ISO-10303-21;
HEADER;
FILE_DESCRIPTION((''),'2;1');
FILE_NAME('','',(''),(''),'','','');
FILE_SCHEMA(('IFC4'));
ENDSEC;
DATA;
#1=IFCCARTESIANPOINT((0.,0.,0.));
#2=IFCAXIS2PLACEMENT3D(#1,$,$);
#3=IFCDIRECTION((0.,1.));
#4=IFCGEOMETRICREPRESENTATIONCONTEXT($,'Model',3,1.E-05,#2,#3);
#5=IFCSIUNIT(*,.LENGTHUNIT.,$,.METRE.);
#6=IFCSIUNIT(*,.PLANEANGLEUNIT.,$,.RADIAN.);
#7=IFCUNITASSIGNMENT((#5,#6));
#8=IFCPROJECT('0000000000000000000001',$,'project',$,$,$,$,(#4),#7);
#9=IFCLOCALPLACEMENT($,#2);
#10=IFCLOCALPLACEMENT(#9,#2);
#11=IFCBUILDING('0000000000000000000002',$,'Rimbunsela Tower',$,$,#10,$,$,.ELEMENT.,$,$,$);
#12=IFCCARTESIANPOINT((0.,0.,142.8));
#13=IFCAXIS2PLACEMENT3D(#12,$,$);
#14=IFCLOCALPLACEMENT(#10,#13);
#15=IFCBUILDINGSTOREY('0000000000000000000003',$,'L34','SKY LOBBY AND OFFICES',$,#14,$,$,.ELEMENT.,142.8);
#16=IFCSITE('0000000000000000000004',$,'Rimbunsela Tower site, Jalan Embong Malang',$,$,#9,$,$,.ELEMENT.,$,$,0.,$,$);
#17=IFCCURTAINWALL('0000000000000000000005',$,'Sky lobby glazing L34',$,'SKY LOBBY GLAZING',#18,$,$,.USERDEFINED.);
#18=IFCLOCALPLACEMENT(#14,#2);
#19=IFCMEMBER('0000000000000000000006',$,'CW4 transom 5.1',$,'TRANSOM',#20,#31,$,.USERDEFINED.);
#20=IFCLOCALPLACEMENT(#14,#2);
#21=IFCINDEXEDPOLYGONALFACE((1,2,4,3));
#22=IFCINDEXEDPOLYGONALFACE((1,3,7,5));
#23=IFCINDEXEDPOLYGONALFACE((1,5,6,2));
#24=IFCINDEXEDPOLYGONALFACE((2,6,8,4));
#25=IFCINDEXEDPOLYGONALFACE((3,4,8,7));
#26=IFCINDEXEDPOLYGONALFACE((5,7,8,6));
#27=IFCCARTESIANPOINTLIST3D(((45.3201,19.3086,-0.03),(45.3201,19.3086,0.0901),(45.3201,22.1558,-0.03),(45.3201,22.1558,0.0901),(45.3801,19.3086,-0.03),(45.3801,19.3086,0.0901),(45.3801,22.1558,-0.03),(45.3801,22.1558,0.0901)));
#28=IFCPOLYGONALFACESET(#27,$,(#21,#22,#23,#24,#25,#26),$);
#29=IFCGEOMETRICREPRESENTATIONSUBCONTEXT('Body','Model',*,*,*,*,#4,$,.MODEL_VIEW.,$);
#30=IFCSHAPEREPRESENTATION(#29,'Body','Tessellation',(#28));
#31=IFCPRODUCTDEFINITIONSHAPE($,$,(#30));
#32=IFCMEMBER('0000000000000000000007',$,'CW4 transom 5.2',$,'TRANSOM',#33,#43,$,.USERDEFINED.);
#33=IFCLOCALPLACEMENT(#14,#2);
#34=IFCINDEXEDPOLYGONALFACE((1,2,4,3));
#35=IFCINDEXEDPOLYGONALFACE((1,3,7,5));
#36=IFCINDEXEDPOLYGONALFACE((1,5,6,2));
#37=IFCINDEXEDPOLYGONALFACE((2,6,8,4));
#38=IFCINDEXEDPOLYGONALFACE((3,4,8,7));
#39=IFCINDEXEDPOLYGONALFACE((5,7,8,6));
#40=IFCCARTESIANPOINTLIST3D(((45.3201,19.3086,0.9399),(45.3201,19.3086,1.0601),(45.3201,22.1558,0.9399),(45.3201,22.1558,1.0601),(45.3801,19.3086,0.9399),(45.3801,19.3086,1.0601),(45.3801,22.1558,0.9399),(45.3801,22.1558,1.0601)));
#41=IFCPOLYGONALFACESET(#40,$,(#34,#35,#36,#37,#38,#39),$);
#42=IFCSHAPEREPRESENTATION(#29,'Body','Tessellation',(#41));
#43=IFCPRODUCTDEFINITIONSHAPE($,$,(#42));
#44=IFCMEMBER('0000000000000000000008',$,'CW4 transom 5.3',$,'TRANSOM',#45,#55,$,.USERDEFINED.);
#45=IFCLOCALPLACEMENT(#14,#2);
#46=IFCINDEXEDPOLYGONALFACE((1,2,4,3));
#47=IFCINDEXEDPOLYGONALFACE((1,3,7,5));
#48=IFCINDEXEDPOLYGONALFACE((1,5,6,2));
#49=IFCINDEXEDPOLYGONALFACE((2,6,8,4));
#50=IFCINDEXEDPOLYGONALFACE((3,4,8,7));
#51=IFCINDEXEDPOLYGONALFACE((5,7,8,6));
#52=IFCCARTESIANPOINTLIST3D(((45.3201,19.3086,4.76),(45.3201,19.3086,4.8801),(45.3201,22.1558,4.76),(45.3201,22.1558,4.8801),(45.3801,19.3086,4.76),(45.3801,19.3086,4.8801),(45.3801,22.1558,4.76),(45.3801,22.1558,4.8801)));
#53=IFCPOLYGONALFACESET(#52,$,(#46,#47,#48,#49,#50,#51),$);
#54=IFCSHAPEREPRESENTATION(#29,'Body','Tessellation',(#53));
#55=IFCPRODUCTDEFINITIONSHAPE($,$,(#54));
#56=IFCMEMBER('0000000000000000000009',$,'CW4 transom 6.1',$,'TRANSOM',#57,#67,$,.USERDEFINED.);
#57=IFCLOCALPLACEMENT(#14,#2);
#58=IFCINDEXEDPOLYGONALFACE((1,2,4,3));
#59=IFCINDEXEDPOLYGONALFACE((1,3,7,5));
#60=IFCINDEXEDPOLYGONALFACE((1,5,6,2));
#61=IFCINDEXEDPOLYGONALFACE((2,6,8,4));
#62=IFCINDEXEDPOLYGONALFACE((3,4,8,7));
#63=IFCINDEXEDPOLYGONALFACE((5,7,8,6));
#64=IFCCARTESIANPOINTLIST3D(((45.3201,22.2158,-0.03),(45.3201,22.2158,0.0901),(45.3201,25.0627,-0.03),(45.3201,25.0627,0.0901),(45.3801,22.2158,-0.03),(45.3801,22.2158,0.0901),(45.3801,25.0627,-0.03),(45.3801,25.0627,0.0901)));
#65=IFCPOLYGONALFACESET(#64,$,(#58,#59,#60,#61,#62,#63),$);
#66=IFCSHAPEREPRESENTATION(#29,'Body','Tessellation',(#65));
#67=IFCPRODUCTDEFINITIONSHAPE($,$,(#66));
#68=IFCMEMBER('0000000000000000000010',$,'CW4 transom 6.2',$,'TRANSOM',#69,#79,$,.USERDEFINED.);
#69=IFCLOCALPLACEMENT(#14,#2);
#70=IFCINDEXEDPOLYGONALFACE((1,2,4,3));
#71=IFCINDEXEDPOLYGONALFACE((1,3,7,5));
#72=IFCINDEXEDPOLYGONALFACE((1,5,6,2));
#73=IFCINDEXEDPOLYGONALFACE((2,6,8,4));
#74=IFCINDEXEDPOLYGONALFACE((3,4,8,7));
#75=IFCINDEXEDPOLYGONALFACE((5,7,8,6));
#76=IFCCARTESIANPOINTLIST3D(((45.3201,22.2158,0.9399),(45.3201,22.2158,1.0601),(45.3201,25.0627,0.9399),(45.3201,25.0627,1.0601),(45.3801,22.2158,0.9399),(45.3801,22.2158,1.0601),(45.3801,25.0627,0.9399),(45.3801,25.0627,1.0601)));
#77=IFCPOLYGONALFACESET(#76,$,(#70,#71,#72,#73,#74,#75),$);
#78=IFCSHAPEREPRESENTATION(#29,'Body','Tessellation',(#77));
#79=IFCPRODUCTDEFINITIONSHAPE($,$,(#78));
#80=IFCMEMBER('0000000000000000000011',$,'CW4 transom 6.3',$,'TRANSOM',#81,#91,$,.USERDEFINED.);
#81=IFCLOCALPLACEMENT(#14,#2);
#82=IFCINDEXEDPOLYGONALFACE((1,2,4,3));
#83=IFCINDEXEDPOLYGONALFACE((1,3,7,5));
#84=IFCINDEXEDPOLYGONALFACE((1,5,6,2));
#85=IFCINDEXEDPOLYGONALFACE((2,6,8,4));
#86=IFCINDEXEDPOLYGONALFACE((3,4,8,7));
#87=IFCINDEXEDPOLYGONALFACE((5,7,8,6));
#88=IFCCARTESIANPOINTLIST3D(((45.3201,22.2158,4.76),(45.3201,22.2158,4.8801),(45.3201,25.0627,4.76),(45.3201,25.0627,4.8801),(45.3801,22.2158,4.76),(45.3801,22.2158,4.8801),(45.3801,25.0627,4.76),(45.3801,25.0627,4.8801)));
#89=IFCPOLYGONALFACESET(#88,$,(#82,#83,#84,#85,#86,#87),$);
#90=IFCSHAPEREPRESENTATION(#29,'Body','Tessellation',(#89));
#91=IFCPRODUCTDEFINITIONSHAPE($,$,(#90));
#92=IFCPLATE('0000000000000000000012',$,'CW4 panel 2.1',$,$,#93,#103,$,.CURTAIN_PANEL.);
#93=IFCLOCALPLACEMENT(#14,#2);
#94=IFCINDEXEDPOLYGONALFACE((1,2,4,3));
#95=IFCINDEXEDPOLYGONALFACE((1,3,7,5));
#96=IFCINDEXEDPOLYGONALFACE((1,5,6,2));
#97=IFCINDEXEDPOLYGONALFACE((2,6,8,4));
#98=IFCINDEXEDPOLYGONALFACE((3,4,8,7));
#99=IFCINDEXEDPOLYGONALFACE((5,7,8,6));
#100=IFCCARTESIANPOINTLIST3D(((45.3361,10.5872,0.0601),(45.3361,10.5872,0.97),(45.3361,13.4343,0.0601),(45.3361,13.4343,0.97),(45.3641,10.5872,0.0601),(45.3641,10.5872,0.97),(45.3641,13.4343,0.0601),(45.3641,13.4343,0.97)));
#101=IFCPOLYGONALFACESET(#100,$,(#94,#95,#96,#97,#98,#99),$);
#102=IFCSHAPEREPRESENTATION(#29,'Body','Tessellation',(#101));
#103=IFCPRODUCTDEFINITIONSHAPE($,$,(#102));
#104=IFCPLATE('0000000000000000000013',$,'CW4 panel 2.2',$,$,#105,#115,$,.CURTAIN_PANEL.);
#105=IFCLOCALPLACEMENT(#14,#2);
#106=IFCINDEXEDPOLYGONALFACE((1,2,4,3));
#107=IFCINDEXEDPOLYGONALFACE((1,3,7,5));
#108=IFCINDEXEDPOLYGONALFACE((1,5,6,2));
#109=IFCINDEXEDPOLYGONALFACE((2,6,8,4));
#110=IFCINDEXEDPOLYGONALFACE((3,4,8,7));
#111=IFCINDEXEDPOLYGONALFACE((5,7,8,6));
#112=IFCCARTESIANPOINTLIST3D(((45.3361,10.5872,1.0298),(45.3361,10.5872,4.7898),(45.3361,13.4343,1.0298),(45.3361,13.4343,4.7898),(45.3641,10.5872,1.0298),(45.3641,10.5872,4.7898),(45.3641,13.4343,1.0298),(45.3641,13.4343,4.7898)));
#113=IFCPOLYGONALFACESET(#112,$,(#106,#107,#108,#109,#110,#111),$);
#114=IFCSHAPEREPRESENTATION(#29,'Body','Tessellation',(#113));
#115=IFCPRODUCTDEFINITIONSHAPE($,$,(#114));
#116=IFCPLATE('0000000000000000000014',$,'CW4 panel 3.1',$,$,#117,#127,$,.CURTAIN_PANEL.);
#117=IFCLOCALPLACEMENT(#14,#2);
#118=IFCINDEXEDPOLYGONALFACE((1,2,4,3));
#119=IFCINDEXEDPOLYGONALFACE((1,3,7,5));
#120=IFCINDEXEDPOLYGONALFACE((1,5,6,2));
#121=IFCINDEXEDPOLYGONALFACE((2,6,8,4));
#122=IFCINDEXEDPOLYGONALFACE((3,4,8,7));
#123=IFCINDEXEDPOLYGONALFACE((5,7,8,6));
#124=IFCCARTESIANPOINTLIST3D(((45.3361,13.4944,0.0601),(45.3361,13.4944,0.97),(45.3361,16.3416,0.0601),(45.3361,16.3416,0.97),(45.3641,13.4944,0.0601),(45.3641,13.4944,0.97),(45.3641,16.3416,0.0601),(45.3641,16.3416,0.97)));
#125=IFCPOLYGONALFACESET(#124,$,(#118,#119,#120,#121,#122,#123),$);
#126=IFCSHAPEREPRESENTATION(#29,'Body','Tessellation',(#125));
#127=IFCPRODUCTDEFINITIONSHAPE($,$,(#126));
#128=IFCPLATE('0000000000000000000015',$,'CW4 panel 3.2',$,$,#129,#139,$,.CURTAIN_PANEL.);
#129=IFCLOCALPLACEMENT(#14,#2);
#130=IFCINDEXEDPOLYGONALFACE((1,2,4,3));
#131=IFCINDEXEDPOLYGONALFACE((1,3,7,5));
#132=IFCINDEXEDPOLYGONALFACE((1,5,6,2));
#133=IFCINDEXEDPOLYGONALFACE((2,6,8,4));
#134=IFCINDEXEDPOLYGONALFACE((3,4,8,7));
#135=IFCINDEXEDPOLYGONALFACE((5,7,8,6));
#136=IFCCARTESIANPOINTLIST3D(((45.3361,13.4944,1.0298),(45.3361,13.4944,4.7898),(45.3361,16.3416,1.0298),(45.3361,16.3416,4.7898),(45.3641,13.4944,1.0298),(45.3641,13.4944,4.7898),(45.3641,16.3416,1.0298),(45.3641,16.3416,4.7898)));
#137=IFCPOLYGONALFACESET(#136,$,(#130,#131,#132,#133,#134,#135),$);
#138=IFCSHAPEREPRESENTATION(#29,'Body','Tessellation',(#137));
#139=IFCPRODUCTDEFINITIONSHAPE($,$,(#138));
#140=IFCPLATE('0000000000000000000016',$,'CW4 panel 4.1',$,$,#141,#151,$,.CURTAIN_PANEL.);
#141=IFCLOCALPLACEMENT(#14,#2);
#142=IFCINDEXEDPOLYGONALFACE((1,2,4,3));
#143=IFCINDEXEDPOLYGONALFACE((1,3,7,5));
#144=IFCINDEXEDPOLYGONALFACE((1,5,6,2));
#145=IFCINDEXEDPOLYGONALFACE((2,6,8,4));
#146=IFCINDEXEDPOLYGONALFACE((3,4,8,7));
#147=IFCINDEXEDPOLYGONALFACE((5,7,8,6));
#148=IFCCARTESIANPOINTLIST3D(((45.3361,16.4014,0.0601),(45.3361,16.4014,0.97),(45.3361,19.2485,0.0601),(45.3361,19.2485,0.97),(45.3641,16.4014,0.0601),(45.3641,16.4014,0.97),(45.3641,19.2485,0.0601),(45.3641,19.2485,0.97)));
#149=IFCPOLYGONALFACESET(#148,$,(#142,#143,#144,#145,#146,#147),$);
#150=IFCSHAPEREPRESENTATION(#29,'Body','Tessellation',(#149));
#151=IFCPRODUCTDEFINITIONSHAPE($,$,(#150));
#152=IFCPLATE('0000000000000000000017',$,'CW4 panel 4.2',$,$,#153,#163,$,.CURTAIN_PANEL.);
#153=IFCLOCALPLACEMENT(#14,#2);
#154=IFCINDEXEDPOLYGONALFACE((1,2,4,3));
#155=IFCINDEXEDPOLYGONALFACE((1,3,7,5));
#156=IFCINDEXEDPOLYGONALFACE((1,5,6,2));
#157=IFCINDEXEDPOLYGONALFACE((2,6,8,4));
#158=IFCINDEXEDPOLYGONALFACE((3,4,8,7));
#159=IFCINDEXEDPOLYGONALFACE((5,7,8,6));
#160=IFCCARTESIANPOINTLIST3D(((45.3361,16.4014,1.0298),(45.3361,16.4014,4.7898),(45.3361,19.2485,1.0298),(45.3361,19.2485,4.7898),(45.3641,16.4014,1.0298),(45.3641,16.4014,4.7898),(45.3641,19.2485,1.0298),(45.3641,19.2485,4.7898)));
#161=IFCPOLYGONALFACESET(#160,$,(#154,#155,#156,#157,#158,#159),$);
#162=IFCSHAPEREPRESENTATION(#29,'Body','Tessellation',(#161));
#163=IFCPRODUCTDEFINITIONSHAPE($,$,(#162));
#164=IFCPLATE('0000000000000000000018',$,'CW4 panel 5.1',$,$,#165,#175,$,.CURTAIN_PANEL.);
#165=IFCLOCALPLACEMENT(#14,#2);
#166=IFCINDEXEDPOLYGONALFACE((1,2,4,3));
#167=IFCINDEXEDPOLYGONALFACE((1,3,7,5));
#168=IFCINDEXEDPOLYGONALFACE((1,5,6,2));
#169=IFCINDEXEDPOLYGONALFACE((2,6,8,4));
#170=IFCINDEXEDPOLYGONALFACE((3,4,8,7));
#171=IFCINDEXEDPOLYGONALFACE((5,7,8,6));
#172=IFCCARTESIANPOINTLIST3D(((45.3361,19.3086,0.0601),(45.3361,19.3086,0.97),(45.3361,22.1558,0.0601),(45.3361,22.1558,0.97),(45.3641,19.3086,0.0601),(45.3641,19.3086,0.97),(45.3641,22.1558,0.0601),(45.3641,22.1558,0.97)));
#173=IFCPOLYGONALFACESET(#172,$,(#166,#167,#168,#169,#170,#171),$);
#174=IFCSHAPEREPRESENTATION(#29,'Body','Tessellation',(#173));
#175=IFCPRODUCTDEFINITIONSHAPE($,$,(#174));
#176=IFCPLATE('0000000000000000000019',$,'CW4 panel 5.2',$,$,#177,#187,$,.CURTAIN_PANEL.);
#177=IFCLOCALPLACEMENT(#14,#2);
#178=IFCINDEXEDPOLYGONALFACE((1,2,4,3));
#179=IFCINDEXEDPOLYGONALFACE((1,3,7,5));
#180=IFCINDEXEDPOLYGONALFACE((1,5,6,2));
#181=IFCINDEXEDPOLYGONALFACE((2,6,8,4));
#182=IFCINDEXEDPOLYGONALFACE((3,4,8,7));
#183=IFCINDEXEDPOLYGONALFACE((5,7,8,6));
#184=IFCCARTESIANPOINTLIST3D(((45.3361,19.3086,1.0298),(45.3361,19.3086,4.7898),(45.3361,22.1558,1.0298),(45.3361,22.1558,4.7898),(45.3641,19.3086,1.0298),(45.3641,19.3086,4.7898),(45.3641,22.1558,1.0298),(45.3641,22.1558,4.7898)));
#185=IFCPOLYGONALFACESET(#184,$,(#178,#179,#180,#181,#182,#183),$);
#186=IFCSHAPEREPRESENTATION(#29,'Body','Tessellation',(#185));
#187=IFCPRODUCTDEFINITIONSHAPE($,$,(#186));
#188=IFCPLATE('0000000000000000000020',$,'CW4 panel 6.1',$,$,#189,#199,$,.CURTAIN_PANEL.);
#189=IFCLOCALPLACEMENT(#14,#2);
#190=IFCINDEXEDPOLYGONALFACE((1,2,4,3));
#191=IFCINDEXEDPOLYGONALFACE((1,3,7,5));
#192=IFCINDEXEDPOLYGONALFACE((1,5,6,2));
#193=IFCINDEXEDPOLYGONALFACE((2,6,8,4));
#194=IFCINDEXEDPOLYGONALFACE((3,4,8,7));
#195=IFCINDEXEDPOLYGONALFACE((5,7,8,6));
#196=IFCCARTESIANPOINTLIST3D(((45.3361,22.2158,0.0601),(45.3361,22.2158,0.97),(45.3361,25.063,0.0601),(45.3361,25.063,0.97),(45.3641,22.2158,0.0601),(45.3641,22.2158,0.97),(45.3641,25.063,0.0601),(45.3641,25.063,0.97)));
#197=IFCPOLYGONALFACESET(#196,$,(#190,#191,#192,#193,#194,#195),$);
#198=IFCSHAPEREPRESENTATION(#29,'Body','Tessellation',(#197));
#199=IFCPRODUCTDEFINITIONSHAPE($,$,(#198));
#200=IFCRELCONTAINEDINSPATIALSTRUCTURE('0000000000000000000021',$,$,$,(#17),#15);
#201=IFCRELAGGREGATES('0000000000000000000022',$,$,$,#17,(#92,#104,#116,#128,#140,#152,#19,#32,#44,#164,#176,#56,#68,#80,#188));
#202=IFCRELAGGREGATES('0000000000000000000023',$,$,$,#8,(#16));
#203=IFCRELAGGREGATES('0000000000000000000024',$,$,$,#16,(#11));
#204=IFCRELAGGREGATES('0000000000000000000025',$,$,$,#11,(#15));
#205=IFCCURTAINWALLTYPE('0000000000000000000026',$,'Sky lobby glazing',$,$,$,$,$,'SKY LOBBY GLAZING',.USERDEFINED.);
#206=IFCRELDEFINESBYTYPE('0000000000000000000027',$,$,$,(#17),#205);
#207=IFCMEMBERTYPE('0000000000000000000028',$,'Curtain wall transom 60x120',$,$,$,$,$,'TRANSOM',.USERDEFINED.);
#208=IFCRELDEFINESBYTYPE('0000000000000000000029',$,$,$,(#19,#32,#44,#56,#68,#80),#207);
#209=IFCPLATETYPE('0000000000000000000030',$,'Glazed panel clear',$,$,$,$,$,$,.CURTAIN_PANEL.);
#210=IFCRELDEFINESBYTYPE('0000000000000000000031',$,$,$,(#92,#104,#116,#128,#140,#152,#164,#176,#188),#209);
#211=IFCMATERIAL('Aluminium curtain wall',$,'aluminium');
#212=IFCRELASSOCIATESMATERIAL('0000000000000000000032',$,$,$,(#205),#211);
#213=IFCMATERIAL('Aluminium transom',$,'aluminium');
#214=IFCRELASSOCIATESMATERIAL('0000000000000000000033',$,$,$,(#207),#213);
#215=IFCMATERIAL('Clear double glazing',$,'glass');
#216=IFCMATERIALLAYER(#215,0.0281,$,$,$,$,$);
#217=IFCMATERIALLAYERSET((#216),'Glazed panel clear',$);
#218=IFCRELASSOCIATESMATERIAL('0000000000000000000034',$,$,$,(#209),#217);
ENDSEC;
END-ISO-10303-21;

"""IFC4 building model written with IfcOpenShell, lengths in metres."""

from ifc_helpers import new_model, si_unit, direction, frame, origin, origin_2d, place, context, subcontext, project, spatial, rectangle, extrude, material, layer, layer_set, material_profile, profile_set, type_object, element, aggregate, save


model = new_model("IFC4")

# Units and contexts
model_context = context("Model", 3, precision=1e-05, world=origin(), true_north=direction((0.0, 1.0)))
body_context = subcontext(model_context, "Body", "Model", "MODEL_VIEW")
ifc_project = project(units=[si_unit("LENGTHUNIT", "METRE"), si_unit("PLANEANGLEUNIT", "RADIAN")], contexts=[model_context])

# Site, building, storey
site_placement = place(None, origin())
site = spatial("IfcSite", under=ifc_project, at=site_placement, Name="Rimbunsela Tower site, Jalan Embong Malang", CompositionType="ELEMENT", RefElevation=0.0)
building_placement = place(site_placement, origin())
building = spatial("IfcBuilding", under=site, at=building_placement, Name="Rimbunsela Tower", CompositionType="ELEMENT")
storey_placement = place(building_placement, frame((0.0, 0.0, 142.8)))
storey = spatial("IfcBuildingStorey", under=building, at=storey_placement, Name="L34", Description="SKY LOBBY AND OFFICES", CompositionType="ELEMENT", Elevation=142.8)

# Curtain wall, members, plates
ifc_material_1 = material(Name="Aluminium curtain wall", Category="aluminium")
curtain_wall_type = type_object("IfcCurtainWallType", Name="Sky lobby glazing", ElementType="SKY LOBBY GLAZING", PredefinedType="USERDEFINED", material=ifc_material_1)
curtain_wall_placement = place(storey_placement, origin())
curtain_wall = element("IfcCurtainWall", 1, at=curtain_wall_placement, inside=storey, type_object=curtain_wall_type, Name="Sky lobby glazing L34", ObjectType="SKY LOBBY GLAZING", PredefinedType="USERDEFINED")
ifc_material_2 = material(Name="Aluminium transom", Category="aluminium")
ifc_material_profile_1 = material_profile(ifc_material_2, rectangle(XDim=0.0601, YDim=0.1201, at=origin_2d()), Name="Transom 60x120")
ifc_profile_set_1 = profile_set([ifc_material_profile_1], Name="Aluminium transom")
member_type_1 = type_object("IfcMemberType", Name="Curtain wall transom 60x120", ElementType="TRANSOM", PredefinedType="USERDEFINED", material=ifc_profile_set_1)
member_1_placement = place(storey_placement, frame((45.3501, 19.3086, 0.03), z_axis=(0.0, 1.0, 0.0), x_axis=(-1.0, 0.0, 0.0)))
member_1 = element("IfcMember", 2, at=member_1_placement, type_object=member_type_1, Name="CW4 transom 5.1", ObjectType="TRANSOM", PredefinedType="USERDEFINED", context=body_context, shape_type="SweptSolid", body=[
    extrude(rectangle(XDim=0.0601, YDim=0.1201, at=origin_2d()), origin(), (0.0, 0.0, 1.0), 2.8472),
])
member_2_placement = place(storey_placement, frame((45.3501, 19.3086, 1.0), z_axis=(0.0, 1.0, 0.0), x_axis=(-1.0, 0.0, 0.0)))
member_2 = element("IfcMember", 3, at=member_2_placement, type_object=member_type_1, Name="CW4 transom 5.2", ObjectType="TRANSOM", PredefinedType="USERDEFINED", context=body_context, shape_type="SweptSolid", body=[
    extrude(rectangle(XDim=0.0601, YDim=0.1201, at=origin_2d()), origin(), (0.0, 0.0, 1.0), 2.8472),
])
member_3_placement = place(storey_placement, frame((45.3501, 19.3086, 4.8201), z_axis=(0.0, 1.0, 0.0), x_axis=(-1.0, 0.0, 0.0)))
member_3 = element("IfcMember", 4, at=member_3_placement, type_object=member_type_1, Name="CW4 transom 5.3", ObjectType="TRANSOM", PredefinedType="USERDEFINED", context=body_context, shape_type="SweptSolid", body=[
    extrude(rectangle(XDim=0.0601, YDim=0.1201, at=origin_2d()), origin(), (0.0, 0.0, 1.0), 2.8472),
])
member_4_placement = place(storey_placement, frame((45.3501, 22.2158, 0.03), z_axis=(0.0, 1.0, 0.0), x_axis=(-1.0, 0.0, 0.0)))
member_4 = element("IfcMember", 5, at=member_4_placement, type_object=member_type_1, Name="CW4 transom 6.1", ObjectType="TRANSOM", PredefinedType="USERDEFINED", context=body_context, shape_type="SweptSolid", body=[
    extrude(rectangle(XDim=0.0601, YDim=0.1201, at=origin_2d()), origin(), (0.0, 0.0, 1.0), 2.8469),
])
member_5_placement = place(storey_placement, frame((45.3501, 22.2158, 1.0), z_axis=(0.0, 1.0, 0.0), x_axis=(-1.0, 0.0, 0.0)))
member_5 = element("IfcMember", 6, at=member_5_placement, type_object=member_type_1, Name="CW4 transom 6.2", ObjectType="TRANSOM", PredefinedType="USERDEFINED", context=body_context, shape_type="SweptSolid", body=[
    extrude(rectangle(XDim=0.0601, YDim=0.1201, at=origin_2d()), origin(), (0.0, 0.0, 1.0), 2.8469),
])
member_6_placement = place(storey_placement, frame((45.3501, 22.2158, 4.8201), z_axis=(0.0, 1.0, 0.0), x_axis=(-1.0, 0.0, 0.0)))
member_6 = element("IfcMember", 7, at=member_6_placement, type_object=member_type_1, Name="CW4 transom 6.3", ObjectType="TRANSOM", PredefinedType="USERDEFINED", context=body_context, shape_type="SweptSolid", body=[
    extrude(rectangle(XDim=0.0601, YDim=0.1201, at=origin_2d()), origin(), (0.0, 0.0, 1.0), 2.8469),
])
ifc_material_3 = material(Name="Clear double glazing", Category="glass")
ifc_layer_1 = layer(ifc_material_3, 0.0281)
ifc_layer_set_1 = layer_set([ifc_layer_1], Name="Glazed panel clear")
plate_type = type_object("IfcPlateType", Name="Glazed panel clear", PredefinedType="CURTAIN_PANEL", material=ifc_layer_set_1)
plate_1_placement = place(storey_placement, frame((45.3501, 12.0107, 0.0601), z_axis=(0.0, 0.0, 1.0), x_axis=(0.0, 1.0, 0.0)))
plate_1 = element("IfcPlate", 8, at=plate_1_placement, type_object=plate_type, Name="CW4 panel 2.1", PredefinedType="CURTAIN_PANEL", context=body_context, shape_type="SweptSolid", body=[
    extrude(rectangle(XDim=2.8472, YDim=0.0281, at=origin_2d()), origin(), (0.0, 0.0, 1.0), 0.9099),
])
plate_2_placement = place(storey_placement, frame((45.3501, 12.0107, 1.0298), z_axis=(0.0, 0.0, 1.0), x_axis=(0.0, 1.0, 0.0)))
plate_2 = element("IfcPlate", 9, at=plate_2_placement, type_object=plate_type, Name="CW4 panel 2.2", PredefinedType="CURTAIN_PANEL", context=body_context, shape_type="SweptSolid", body=[
    extrude(rectangle(XDim=2.8472, YDim=0.0281, at=origin_2d()), origin(), (0.0, 0.0, 1.0), 3.76),
])
plate_3_placement = place(storey_placement, frame((45.3501, 14.918, 0.0601), z_axis=(0.0, 0.0, 1.0), x_axis=(0.0, 1.0, 0.0)))
plate_3 = element("IfcPlate", 10, at=plate_3_placement, type_object=plate_type, Name="CW4 panel 3.1", PredefinedType="CURTAIN_PANEL", context=body_context, shape_type="SweptSolid", body=[
    extrude(rectangle(XDim=2.8472, YDim=0.0281, at=origin_2d()), origin(), (0.0, 0.0, 1.0), 0.9099),
])
plate_4_placement = place(storey_placement, frame((45.3501, 14.918, 1.0298), z_axis=(0.0, 0.0, 1.0), x_axis=(0.0, 1.0, 0.0)))
plate_4 = element("IfcPlate", 11, at=plate_4_placement, type_object=plate_type, Name="CW4 panel 3.2", PredefinedType="CURTAIN_PANEL", context=body_context, shape_type="SweptSolid", body=[
    extrude(rectangle(XDim=2.8472, YDim=0.0281, at=origin_2d()), origin(), (0.0, 0.0, 1.0), 3.76),
])
plate_5_placement = place(storey_placement, frame((45.3501, 17.825, 0.0601), z_axis=(0.0, 0.0, 1.0), x_axis=(0.0, 1.0, 0.0)))
plate_5 = element("IfcPlate", 12, at=plate_5_placement, type_object=plate_type, Name="CW4 panel 4.1", PredefinedType="CURTAIN_PANEL", context=body_context, shape_type="SweptSolid", body=[
    extrude(rectangle(XDim=2.8472, YDim=0.0281, at=origin_2d()), origin(), (0.0, 0.0, 1.0), 0.9099),
])
plate_6_placement = place(storey_placement, frame((45.3501, 17.825, 1.0298), z_axis=(0.0, 0.0, 1.0), x_axis=(0.0, 1.0, 0.0)))
plate_6 = element("IfcPlate", 13, at=plate_6_placement, type_object=plate_type, Name="CW4 panel 4.2", PredefinedType="CURTAIN_PANEL", context=body_context, shape_type="SweptSolid", body=[
    extrude(rectangle(XDim=2.8472, YDim=0.0281, at=origin_2d()), origin(), (0.0, 0.0, 1.0), 3.76),
])
plate_7_placement = place(storey_placement, frame((45.3501, 20.7322, 0.0601), z_axis=(0.0, 0.0, 1.0), x_axis=(0.0, 1.0, 0.0)))
plate_7 = element("IfcPlate", 14, at=plate_7_placement, type_object=plate_type, Name="CW4 panel 5.1", PredefinedType="CURTAIN_PANEL", context=body_context, shape_type="SweptSolid", body=[
    extrude(rectangle(XDim=2.8472, YDim=0.0281, at=origin_2d()), origin(), (0.0, 0.0, 1.0), 0.9099),
])
plate_8_placement = place(storey_placement, frame((45.3501, 20.7322, 1.0298), z_axis=(0.0, 0.0, 1.0), x_axis=(0.0, 1.0, 0.0)))
plate_8 = element("IfcPlate", 15, at=plate_8_placement, type_object=plate_type, Name="CW4 panel 5.2", PredefinedType="CURTAIN_PANEL", context=body_context, shape_type="SweptSolid", body=[
    extrude(rectangle(XDim=2.8472, YDim=0.0281, at=origin_2d()), origin(), (0.0, 0.0, 1.0), 3.76),
])
plate_9_placement = place(storey_placement, frame((45.3501, 23.6394, 0.0601), z_axis=(0.0, 0.0, 1.0), x_axis=(0.0, 1.0, 0.0)))
plate_9 = element("IfcPlate", 16, at=plate_9_placement, type_object=plate_type, Name="CW4 panel 6.1", PredefinedType="CURTAIN_PANEL", context=body_context, shape_type="SweptSolid", body=[
    extrude(rectangle(XDim=2.8472, YDim=0.0281, at=origin_2d()), origin(), (0.0, 0.0, 1.0), 0.9099),
])
aggregate(curtain_wall, [plate_1, plate_2, plate_3, plate_4, plate_5, plate_6, member_1, member_2, member_3, plate_7, plate_8, member_4, member_5, member_6, plate_9])

save(model, "model.ifc")
